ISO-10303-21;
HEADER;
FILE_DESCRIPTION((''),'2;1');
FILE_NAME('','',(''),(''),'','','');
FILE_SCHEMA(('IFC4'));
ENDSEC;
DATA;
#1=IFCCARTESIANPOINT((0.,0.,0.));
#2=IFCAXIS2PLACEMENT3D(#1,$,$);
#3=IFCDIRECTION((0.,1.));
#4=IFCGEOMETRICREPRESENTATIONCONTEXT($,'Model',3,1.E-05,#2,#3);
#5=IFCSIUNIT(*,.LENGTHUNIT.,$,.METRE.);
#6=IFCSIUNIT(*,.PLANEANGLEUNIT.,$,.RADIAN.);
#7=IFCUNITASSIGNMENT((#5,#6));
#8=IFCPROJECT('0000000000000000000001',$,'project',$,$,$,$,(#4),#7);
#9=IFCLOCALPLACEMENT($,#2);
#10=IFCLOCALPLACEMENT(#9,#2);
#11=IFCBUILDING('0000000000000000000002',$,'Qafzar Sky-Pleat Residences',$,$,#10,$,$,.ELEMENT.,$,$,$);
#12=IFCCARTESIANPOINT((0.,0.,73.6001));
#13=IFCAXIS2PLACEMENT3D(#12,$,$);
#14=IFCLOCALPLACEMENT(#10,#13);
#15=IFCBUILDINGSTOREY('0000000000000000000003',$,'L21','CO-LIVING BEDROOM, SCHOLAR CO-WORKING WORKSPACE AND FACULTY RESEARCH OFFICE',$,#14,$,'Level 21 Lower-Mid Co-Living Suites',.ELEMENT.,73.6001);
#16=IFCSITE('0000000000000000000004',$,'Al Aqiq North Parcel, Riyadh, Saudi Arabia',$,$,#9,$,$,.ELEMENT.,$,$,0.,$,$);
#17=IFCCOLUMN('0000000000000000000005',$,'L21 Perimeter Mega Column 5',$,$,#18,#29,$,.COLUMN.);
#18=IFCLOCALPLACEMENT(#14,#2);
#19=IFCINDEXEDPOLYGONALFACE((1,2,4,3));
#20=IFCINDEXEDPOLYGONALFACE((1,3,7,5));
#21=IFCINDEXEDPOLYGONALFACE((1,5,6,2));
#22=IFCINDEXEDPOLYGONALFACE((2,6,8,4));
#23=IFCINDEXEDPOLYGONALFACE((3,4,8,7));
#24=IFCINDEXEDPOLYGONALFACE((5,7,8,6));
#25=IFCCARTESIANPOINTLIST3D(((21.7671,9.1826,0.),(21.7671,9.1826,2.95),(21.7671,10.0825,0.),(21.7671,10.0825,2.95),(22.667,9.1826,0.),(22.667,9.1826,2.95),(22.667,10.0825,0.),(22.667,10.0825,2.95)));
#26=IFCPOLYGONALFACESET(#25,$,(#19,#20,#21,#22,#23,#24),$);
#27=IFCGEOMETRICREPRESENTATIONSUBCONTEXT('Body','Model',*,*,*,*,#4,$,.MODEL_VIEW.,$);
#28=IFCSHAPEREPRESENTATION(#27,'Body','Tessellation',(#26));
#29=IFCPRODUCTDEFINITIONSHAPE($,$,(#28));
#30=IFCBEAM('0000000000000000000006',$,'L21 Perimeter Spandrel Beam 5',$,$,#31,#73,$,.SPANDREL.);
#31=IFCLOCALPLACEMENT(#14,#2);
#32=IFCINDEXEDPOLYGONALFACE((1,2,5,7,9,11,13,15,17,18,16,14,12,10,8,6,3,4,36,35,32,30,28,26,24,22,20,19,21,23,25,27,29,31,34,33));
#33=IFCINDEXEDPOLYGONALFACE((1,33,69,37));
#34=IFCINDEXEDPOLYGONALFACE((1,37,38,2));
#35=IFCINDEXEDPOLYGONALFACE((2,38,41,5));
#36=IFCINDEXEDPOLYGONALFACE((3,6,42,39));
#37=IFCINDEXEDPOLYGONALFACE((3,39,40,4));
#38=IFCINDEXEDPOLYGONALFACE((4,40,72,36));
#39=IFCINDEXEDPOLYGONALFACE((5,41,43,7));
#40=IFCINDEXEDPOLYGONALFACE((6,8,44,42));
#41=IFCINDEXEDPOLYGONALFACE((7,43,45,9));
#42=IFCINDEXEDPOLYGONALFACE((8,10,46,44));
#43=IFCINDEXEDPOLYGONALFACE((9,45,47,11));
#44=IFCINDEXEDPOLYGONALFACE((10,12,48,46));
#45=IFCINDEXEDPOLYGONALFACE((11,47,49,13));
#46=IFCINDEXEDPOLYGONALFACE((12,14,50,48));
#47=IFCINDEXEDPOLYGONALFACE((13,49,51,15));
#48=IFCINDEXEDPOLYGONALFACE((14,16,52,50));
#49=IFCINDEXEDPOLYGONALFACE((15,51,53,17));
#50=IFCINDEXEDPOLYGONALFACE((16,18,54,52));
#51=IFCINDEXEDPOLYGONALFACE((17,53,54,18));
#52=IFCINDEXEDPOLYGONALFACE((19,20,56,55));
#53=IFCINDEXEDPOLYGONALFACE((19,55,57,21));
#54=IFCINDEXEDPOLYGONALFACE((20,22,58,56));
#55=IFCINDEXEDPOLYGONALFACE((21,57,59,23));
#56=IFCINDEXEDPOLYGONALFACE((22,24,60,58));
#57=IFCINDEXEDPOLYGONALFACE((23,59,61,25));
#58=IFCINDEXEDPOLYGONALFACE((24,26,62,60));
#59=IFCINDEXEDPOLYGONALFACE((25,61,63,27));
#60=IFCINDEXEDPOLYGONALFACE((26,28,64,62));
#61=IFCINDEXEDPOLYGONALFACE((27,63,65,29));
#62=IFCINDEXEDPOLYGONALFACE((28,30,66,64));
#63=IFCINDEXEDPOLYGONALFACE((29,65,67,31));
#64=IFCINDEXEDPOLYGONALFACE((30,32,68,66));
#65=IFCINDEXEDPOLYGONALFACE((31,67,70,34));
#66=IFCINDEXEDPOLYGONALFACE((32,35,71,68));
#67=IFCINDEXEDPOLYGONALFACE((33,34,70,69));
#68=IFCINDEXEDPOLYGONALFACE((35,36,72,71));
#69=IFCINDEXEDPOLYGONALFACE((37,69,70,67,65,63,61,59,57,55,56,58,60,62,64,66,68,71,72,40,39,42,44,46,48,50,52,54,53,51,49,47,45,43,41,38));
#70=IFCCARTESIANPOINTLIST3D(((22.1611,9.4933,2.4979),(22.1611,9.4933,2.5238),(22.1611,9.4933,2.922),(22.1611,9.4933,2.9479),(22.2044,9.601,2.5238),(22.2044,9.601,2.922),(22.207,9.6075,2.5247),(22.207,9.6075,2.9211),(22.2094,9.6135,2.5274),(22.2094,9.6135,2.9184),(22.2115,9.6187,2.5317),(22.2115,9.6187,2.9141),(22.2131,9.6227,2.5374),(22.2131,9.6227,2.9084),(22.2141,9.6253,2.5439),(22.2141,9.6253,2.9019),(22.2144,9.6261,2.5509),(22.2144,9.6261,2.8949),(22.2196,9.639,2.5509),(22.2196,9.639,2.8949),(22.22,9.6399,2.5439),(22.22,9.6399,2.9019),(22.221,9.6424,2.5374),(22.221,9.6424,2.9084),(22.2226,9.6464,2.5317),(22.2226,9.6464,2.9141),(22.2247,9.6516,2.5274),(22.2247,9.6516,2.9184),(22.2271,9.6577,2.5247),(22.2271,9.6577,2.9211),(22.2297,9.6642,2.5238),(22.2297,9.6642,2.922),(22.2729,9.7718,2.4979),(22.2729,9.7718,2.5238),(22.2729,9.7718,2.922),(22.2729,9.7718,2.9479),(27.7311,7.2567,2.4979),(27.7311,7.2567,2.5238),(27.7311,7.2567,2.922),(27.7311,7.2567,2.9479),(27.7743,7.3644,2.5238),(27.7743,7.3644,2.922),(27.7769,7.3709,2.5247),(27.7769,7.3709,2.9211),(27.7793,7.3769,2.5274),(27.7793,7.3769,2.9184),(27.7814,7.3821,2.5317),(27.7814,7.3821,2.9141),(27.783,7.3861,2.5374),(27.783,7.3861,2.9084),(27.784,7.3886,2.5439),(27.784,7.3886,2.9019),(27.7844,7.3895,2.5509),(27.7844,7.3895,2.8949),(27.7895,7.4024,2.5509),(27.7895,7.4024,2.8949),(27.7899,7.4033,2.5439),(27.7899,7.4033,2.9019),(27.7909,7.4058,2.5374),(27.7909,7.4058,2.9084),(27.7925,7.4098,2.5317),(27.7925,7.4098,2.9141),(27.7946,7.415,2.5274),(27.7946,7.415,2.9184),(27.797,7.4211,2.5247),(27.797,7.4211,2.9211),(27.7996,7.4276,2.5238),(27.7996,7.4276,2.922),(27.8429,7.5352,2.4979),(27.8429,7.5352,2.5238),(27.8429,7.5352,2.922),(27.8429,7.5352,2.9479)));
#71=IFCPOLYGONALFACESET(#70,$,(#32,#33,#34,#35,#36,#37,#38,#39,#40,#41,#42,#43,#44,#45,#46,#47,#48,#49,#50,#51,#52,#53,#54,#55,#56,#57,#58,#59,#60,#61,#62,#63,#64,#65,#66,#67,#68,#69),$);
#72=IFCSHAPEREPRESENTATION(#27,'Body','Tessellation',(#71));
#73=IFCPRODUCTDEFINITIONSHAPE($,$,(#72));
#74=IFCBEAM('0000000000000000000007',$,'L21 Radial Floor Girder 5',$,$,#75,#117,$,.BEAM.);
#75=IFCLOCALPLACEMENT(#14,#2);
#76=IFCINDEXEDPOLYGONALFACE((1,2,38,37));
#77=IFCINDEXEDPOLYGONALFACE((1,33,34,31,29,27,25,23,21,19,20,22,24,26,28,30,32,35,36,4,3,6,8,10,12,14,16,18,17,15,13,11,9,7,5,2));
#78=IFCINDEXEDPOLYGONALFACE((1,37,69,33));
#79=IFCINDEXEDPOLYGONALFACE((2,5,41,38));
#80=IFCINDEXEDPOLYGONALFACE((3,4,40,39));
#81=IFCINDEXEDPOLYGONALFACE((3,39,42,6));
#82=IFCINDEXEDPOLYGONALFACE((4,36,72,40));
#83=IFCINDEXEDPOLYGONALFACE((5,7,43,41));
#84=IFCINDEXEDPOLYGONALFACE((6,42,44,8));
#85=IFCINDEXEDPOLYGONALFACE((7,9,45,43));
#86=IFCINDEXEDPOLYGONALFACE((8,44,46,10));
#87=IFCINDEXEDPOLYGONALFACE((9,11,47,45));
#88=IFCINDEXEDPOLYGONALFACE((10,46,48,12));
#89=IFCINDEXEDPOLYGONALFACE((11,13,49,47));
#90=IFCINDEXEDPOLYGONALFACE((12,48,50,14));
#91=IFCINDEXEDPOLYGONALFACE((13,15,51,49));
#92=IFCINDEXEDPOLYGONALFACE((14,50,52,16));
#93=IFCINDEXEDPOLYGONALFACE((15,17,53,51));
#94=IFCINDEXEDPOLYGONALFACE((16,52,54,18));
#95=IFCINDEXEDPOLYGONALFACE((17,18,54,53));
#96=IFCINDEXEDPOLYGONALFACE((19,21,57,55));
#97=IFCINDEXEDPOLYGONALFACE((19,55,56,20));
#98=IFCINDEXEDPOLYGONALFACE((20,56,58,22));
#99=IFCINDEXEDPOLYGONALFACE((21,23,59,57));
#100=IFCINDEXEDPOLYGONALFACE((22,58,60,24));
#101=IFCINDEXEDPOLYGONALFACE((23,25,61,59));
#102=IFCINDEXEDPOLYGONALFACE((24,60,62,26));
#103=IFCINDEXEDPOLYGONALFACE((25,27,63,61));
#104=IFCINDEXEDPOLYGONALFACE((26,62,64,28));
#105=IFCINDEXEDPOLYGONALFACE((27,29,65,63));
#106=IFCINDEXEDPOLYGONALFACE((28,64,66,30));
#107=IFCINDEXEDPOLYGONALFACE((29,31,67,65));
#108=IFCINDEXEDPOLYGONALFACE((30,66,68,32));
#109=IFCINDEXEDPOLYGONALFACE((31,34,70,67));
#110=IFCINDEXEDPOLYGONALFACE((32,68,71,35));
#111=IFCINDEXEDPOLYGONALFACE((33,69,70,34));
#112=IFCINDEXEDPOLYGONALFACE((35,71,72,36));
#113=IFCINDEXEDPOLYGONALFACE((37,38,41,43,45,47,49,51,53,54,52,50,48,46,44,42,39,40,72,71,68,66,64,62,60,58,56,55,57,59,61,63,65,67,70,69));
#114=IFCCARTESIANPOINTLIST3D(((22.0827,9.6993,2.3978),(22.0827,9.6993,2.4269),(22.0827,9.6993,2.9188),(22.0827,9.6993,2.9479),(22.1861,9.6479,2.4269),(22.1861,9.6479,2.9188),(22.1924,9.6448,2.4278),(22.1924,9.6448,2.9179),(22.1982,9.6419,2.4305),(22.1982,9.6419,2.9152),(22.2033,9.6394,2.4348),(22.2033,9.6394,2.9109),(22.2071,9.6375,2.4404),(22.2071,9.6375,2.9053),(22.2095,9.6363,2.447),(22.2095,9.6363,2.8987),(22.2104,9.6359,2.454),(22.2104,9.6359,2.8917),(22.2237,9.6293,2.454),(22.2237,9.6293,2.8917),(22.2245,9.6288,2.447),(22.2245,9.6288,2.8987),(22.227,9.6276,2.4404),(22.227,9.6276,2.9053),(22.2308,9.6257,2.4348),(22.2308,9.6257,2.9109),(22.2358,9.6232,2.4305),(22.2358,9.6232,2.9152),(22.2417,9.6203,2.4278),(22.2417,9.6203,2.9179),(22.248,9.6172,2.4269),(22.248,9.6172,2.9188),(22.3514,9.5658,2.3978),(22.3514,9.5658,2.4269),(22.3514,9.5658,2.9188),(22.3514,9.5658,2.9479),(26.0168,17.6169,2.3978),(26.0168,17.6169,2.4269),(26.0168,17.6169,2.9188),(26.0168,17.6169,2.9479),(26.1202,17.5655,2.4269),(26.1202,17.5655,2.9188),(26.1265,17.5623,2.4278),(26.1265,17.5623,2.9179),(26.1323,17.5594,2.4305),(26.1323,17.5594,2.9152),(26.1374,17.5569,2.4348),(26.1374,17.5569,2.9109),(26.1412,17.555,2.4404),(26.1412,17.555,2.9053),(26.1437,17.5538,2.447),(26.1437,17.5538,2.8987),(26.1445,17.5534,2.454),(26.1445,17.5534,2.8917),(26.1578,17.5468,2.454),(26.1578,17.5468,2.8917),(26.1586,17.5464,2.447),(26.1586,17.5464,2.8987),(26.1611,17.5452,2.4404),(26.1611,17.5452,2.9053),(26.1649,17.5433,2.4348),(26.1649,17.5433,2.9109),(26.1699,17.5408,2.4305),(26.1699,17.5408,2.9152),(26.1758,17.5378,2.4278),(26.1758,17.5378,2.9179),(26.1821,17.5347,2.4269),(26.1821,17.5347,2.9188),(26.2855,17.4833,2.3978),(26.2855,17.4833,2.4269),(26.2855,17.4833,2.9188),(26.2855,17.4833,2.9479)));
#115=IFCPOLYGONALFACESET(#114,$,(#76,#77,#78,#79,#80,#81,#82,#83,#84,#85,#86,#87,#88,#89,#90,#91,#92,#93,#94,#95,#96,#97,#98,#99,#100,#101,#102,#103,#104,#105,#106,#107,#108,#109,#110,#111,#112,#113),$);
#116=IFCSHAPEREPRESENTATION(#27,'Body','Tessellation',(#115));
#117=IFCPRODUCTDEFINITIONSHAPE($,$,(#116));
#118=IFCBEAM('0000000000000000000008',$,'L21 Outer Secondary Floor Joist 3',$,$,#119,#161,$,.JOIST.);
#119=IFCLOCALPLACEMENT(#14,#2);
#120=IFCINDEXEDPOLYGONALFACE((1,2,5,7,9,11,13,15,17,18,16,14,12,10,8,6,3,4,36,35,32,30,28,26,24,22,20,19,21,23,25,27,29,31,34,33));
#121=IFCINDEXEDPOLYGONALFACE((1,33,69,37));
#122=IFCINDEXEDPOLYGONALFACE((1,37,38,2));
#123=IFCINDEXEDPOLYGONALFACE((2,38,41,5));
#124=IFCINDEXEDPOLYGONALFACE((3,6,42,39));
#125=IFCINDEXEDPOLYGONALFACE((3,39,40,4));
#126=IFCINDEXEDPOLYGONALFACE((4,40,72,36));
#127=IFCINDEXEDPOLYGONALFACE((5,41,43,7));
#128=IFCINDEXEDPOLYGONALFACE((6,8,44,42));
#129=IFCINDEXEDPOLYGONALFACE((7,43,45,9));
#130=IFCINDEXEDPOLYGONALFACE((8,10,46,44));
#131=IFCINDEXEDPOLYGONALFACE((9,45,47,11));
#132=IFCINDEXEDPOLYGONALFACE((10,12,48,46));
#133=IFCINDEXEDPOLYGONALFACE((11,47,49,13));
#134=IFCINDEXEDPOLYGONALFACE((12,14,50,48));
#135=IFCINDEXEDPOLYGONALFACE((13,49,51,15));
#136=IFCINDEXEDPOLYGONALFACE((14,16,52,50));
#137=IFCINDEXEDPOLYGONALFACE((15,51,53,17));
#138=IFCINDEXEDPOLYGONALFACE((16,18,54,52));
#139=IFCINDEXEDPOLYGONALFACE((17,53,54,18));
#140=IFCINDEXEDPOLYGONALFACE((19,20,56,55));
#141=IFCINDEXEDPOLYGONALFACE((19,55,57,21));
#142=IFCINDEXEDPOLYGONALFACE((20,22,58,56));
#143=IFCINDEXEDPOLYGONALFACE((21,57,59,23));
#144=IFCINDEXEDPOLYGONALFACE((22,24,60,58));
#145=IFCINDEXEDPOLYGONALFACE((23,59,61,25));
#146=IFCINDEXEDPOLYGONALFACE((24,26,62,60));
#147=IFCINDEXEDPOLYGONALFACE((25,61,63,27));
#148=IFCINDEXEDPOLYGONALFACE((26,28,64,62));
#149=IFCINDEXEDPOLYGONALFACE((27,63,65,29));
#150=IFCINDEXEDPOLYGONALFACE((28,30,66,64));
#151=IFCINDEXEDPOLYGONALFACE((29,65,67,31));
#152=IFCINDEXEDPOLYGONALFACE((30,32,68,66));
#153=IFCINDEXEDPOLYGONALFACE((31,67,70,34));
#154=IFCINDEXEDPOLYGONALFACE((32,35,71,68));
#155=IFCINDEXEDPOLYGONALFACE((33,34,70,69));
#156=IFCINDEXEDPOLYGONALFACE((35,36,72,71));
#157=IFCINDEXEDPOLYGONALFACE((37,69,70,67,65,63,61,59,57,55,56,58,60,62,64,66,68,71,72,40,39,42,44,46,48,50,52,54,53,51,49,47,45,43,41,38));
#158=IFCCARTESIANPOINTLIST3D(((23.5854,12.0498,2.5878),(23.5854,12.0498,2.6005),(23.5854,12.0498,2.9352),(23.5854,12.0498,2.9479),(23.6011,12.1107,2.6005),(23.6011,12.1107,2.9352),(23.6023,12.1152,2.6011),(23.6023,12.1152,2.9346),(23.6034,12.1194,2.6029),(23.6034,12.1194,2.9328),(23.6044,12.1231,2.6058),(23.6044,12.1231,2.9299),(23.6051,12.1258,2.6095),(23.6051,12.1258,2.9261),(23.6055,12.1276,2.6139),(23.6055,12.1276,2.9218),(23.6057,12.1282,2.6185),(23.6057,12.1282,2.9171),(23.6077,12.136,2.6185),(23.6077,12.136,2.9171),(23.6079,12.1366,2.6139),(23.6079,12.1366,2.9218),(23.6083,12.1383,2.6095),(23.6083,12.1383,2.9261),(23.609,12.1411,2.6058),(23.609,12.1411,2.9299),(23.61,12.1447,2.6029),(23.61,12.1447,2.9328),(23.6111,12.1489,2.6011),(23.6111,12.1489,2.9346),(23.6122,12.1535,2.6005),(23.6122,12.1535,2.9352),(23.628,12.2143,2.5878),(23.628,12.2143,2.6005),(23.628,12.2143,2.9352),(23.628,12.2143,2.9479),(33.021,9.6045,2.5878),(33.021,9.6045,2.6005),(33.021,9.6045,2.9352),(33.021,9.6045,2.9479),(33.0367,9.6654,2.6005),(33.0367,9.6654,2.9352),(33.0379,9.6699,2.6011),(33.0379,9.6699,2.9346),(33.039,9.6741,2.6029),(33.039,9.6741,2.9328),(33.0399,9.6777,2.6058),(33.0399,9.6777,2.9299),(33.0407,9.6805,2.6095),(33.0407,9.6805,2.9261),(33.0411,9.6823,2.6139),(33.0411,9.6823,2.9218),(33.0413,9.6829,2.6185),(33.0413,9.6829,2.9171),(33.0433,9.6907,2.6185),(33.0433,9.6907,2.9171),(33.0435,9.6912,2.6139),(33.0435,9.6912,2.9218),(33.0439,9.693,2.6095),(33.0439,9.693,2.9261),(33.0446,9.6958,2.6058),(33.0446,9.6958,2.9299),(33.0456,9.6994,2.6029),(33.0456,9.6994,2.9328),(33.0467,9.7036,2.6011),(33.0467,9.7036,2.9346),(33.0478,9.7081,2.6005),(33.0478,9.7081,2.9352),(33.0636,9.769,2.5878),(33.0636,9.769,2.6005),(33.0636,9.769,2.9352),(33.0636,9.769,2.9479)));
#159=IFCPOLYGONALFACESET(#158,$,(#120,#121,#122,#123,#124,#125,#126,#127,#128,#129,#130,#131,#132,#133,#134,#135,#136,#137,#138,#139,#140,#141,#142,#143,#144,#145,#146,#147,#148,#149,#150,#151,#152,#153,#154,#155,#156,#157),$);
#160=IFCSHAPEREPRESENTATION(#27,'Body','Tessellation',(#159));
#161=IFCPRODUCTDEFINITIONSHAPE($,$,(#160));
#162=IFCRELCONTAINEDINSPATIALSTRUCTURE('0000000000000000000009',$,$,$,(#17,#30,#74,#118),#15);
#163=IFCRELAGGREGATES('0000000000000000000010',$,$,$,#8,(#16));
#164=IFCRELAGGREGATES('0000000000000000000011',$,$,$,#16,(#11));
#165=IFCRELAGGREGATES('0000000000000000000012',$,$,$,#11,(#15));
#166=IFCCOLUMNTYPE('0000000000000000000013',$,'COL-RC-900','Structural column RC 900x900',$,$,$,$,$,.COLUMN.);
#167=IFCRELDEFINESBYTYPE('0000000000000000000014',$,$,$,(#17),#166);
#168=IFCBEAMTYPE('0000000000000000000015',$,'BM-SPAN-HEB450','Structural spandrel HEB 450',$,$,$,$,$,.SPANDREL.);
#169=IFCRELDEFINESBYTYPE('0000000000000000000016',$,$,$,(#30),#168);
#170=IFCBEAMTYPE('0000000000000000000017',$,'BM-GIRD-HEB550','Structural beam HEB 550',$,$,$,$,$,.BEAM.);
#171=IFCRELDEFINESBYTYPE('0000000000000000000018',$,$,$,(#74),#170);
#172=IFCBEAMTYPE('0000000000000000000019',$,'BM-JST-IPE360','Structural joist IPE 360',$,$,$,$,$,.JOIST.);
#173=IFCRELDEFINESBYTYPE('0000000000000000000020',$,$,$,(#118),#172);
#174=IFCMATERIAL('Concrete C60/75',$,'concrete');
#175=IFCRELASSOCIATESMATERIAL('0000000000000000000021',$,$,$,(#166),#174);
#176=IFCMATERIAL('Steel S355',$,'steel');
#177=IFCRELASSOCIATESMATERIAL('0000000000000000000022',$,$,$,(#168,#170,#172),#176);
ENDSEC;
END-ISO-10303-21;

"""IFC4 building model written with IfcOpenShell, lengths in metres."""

from ifc_helpers import new_model, si_unit, direction, frame, origin, origin_2d, place, context, subcontext, project, spatial, rectangle, i_section, extrude, source, transform, mapped, material, material_profile, profile_set, type_object, element, save


model = new_model("IFC4")

# Units and contexts
model_context = context("Model", 3, precision=1e-05, world=origin(), true_north=direction((0.0, 1.0)))
body_context = subcontext(model_context, "Body", "Model", "MODEL_VIEW")
ifc_project = project(units=[si_unit("LENGTHUNIT", "METRE"), si_unit("PLANEANGLEUNIT", "RADIAN")], contexts=[model_context])

# Site, building, storey
site_placement = place(None, origin())
site = spatial("IfcSite", under=ifc_project, at=site_placement, Name="Al Aqiq North Parcel, Riyadh, Saudi Arabia", CompositionType="ELEMENT", RefElevation=0.0)
building_placement = place(site_placement, origin())
building = spatial("IfcBuilding", under=site, at=building_placement, Name="Qafzar Sky-Pleat Residences", CompositionType="ELEMENT")
storey_placement = place(building_placement, frame((0.0, 0.0, 73.6001)))
storey = spatial("IfcBuildingStorey", under=building, at=storey_placement, Name="L21", Description="CO-LIVING BEDROOM, SCHOLAR CO-WORKING WORKSPACE AND FACULTY RESEARCH OFFICE", LongName="Level 21 Lower-Mid Co-Living Suites", CompositionType="ELEMENT", Elevation=73.6001)

# Column
ifc_material_1 = material(Name="Concrete C60/75", Category="concrete")
ifc_material_profile_1 = material_profile(ifc_material_1, rectangle(XDim=0.8999, YDim=0.8999, at=origin_2d()), Name="RC 900x900")
ifc_profile_set_1 = profile_set([ifc_material_profile_1], Name="Concrete C60/75")
column_type = type_object("IfcColumnType", Name="COL-RC-900", Description="Structural column RC 900x900", PredefinedType="COLUMN", material=ifc_profile_set_1)
shared_shape_1 = source(origin(), body_context, "Body", "SweptSolid", [
    extrude(rectangle(XDim=0.8999, YDim=0.8999, at=origin_2d()), origin(), (0.0, 0.0, 1.0), 2.95),
])
column_placement = place(storey_placement, frame((22.217, 9.6326, 0.0), z_axis=(0.0, 0.0, 1.0), x_axis=(1.0, 0.0, 0.0)))
element("IfcColumn", 1, at=column_placement, inside=storey, type_object=column_type, Name="L21 Perimeter Mega Column 5", PredefinedType="COLUMN", context=body_context, shape_type="MappedRepresentation", body=[
    mapped(shared_shape_1, transform((0.0, 0.0, 0.0), x_axis=(1.0, 0.0, 0.0), y_axis=(0.0, 1.0, 0.0), z_axis=(0.0, 0.0, 1.0), scale=1.0)),
])

# Beams
ifc_material_2 = material(Name="Steel S355", Category="steel")
ifc_material_profile_2 = material_profile(ifc_material_2, i_section(OverallWidth=0.3, OverallDepth=0.45, WebThickness=0.0139, FlangeThickness=0.0259, FilletRadius=0.0271, at=origin_2d()), Name="HEB 450")
ifc_profile_set_2 = profile_set([ifc_material_profile_2], Name="Steel S355")
beam_type_1 = type_object("IfcBeamType", Name="BM-SPAN-HEB450", Description="Structural spandrel HEB 450", PredefinedType="SPANDREL", material=ifc_profile_set_2)
shared_shape_2 = source(origin(), body_context, "Body", "SweptSolid", [
    extrude(i_section(OverallWidth=0.3, OverallDepth=0.45, WebThickness=0.0139, FlangeThickness=0.0259, FilletRadius=0.0271, at=origin_2d()), origin(), (0.0, 0.0, 1.0), 6.0022),
])
beam_1_placement = place(storey_placement, frame((22.217, 9.6326, 2.7229), z_axis=(0.927979, -0.372632, 0.0), x_axis=(0.372632, 0.927979, 0.0)))
element("IfcBeam", 2, at=beam_1_placement, inside=storey, type_object=beam_type_1, Name="L21 Perimeter Spandrel Beam 5", PredefinedType="SPANDREL", context=body_context, shape_type="MappedRepresentation", body=[
    mapped(shared_shape_2, transform((0.0, 0.0, 0.0), x_axis=(1.0, 0.0, 0.0), y_axis=(0.0, 1.0, 0.0), z_axis=(0.0, 0.0, 1.0), scale=1.0)),
])
ifc_material_profile_3 = material_profile(ifc_material_2, i_section(OverallWidth=0.3, OverallDepth=0.55, WebThickness=0.0149, FlangeThickness=0.0291, FilletRadius=0.0271, at=origin_2d()), Name="HEB 550")
ifc_profile_set_3 = profile_set([ifc_material_profile_3], Name="Steel S355")
beam_type_2 = type_object("IfcBeamType", Name="BM-GIRD-HEB550", Description="Structural beam HEB 550", PredefinedType="BEAM", material=ifc_profile_set_3)
shared_shape_3 = source(origin(), body_context, "Body", "SweptSolid", [
    extrude(i_section(OverallWidth=0.3, OverallDepth=0.55, WebThickness=0.0149, FlangeThickness=0.0291, FilletRadius=0.0271, at=origin_2d()), origin(), (0.0, 0.0, 1.0), 8.8411),
])
beam_2_placement = place(storey_placement, frame((22.217, 9.6326, 2.6729), z_axis=(0.444981, 0.89554, 0.0), x_axis=(-0.89554, 0.444981, 0.0)))
element("IfcBeam", 3, at=beam_2_placement, inside=storey, type_object=beam_type_2, Name="L21 Radial Floor Girder 5", PredefinedType="BEAM", context=body_context, shape_type="MappedRepresentation", body=[
    mapped(shared_shape_3, transform((0.0, 0.0, 0.0), x_axis=(1.0, 0.0, 0.0), y_axis=(0.0, 1.0, 0.0), z_axis=(0.0, 0.0, 1.0), scale=1.0)),
])
ifc_material_profile_4 = material_profile(ifc_material_2, i_section(OverallWidth=0.1699, OverallDepth=0.3601, WebThickness=0.0081, FlangeThickness=0.0127, FilletRadius=0.0181, at=origin_2d()), Name="IPE 360")
ifc_profile_set_4 = profile_set([ifc_material_profile_4], Name="Steel S355")
beam_type_3 = type_object("IfcBeamType", Name="BM-JST-IPE360", Description="Structural joist IPE 360", PredefinedType="JOIST", material=ifc_profile_set_4)
shared_shape_4 = source(origin(), body_context, "Body", "SweptSolid", [
    extrude(i_section(OverallWidth=0.1699, OverallDepth=0.3601, WebThickness=0.0081, FlangeThickness=0.0127, FilletRadius=0.0181, at=origin_2d()), origin(), (0.0, 0.0, 1.0), 9.7473),
])
beam_3_placement = place(storey_placement, frame((23.6067, 12.1321, 2.7678), z_axis=(0.96802, -0.250872, 0.0), x_axis=(0.250872, 0.96802, 0.0)))
element("IfcBeam", 4, at=beam_3_placement, inside=storey, type_object=beam_type_3, Name="L21 Outer Secondary Floor Joist 3", PredefinedType="JOIST", context=body_context, shape_type="MappedRepresentation", body=[
    mapped(shared_shape_4, transform((0.0, 0.0, 0.0), x_axis=(1.0, 0.0, 0.0), y_axis=(0.0, 1.0, 0.0), z_axis=(0.0, 0.0, 1.0), scale=1.0)),
])

save(model, "model.ifc")
